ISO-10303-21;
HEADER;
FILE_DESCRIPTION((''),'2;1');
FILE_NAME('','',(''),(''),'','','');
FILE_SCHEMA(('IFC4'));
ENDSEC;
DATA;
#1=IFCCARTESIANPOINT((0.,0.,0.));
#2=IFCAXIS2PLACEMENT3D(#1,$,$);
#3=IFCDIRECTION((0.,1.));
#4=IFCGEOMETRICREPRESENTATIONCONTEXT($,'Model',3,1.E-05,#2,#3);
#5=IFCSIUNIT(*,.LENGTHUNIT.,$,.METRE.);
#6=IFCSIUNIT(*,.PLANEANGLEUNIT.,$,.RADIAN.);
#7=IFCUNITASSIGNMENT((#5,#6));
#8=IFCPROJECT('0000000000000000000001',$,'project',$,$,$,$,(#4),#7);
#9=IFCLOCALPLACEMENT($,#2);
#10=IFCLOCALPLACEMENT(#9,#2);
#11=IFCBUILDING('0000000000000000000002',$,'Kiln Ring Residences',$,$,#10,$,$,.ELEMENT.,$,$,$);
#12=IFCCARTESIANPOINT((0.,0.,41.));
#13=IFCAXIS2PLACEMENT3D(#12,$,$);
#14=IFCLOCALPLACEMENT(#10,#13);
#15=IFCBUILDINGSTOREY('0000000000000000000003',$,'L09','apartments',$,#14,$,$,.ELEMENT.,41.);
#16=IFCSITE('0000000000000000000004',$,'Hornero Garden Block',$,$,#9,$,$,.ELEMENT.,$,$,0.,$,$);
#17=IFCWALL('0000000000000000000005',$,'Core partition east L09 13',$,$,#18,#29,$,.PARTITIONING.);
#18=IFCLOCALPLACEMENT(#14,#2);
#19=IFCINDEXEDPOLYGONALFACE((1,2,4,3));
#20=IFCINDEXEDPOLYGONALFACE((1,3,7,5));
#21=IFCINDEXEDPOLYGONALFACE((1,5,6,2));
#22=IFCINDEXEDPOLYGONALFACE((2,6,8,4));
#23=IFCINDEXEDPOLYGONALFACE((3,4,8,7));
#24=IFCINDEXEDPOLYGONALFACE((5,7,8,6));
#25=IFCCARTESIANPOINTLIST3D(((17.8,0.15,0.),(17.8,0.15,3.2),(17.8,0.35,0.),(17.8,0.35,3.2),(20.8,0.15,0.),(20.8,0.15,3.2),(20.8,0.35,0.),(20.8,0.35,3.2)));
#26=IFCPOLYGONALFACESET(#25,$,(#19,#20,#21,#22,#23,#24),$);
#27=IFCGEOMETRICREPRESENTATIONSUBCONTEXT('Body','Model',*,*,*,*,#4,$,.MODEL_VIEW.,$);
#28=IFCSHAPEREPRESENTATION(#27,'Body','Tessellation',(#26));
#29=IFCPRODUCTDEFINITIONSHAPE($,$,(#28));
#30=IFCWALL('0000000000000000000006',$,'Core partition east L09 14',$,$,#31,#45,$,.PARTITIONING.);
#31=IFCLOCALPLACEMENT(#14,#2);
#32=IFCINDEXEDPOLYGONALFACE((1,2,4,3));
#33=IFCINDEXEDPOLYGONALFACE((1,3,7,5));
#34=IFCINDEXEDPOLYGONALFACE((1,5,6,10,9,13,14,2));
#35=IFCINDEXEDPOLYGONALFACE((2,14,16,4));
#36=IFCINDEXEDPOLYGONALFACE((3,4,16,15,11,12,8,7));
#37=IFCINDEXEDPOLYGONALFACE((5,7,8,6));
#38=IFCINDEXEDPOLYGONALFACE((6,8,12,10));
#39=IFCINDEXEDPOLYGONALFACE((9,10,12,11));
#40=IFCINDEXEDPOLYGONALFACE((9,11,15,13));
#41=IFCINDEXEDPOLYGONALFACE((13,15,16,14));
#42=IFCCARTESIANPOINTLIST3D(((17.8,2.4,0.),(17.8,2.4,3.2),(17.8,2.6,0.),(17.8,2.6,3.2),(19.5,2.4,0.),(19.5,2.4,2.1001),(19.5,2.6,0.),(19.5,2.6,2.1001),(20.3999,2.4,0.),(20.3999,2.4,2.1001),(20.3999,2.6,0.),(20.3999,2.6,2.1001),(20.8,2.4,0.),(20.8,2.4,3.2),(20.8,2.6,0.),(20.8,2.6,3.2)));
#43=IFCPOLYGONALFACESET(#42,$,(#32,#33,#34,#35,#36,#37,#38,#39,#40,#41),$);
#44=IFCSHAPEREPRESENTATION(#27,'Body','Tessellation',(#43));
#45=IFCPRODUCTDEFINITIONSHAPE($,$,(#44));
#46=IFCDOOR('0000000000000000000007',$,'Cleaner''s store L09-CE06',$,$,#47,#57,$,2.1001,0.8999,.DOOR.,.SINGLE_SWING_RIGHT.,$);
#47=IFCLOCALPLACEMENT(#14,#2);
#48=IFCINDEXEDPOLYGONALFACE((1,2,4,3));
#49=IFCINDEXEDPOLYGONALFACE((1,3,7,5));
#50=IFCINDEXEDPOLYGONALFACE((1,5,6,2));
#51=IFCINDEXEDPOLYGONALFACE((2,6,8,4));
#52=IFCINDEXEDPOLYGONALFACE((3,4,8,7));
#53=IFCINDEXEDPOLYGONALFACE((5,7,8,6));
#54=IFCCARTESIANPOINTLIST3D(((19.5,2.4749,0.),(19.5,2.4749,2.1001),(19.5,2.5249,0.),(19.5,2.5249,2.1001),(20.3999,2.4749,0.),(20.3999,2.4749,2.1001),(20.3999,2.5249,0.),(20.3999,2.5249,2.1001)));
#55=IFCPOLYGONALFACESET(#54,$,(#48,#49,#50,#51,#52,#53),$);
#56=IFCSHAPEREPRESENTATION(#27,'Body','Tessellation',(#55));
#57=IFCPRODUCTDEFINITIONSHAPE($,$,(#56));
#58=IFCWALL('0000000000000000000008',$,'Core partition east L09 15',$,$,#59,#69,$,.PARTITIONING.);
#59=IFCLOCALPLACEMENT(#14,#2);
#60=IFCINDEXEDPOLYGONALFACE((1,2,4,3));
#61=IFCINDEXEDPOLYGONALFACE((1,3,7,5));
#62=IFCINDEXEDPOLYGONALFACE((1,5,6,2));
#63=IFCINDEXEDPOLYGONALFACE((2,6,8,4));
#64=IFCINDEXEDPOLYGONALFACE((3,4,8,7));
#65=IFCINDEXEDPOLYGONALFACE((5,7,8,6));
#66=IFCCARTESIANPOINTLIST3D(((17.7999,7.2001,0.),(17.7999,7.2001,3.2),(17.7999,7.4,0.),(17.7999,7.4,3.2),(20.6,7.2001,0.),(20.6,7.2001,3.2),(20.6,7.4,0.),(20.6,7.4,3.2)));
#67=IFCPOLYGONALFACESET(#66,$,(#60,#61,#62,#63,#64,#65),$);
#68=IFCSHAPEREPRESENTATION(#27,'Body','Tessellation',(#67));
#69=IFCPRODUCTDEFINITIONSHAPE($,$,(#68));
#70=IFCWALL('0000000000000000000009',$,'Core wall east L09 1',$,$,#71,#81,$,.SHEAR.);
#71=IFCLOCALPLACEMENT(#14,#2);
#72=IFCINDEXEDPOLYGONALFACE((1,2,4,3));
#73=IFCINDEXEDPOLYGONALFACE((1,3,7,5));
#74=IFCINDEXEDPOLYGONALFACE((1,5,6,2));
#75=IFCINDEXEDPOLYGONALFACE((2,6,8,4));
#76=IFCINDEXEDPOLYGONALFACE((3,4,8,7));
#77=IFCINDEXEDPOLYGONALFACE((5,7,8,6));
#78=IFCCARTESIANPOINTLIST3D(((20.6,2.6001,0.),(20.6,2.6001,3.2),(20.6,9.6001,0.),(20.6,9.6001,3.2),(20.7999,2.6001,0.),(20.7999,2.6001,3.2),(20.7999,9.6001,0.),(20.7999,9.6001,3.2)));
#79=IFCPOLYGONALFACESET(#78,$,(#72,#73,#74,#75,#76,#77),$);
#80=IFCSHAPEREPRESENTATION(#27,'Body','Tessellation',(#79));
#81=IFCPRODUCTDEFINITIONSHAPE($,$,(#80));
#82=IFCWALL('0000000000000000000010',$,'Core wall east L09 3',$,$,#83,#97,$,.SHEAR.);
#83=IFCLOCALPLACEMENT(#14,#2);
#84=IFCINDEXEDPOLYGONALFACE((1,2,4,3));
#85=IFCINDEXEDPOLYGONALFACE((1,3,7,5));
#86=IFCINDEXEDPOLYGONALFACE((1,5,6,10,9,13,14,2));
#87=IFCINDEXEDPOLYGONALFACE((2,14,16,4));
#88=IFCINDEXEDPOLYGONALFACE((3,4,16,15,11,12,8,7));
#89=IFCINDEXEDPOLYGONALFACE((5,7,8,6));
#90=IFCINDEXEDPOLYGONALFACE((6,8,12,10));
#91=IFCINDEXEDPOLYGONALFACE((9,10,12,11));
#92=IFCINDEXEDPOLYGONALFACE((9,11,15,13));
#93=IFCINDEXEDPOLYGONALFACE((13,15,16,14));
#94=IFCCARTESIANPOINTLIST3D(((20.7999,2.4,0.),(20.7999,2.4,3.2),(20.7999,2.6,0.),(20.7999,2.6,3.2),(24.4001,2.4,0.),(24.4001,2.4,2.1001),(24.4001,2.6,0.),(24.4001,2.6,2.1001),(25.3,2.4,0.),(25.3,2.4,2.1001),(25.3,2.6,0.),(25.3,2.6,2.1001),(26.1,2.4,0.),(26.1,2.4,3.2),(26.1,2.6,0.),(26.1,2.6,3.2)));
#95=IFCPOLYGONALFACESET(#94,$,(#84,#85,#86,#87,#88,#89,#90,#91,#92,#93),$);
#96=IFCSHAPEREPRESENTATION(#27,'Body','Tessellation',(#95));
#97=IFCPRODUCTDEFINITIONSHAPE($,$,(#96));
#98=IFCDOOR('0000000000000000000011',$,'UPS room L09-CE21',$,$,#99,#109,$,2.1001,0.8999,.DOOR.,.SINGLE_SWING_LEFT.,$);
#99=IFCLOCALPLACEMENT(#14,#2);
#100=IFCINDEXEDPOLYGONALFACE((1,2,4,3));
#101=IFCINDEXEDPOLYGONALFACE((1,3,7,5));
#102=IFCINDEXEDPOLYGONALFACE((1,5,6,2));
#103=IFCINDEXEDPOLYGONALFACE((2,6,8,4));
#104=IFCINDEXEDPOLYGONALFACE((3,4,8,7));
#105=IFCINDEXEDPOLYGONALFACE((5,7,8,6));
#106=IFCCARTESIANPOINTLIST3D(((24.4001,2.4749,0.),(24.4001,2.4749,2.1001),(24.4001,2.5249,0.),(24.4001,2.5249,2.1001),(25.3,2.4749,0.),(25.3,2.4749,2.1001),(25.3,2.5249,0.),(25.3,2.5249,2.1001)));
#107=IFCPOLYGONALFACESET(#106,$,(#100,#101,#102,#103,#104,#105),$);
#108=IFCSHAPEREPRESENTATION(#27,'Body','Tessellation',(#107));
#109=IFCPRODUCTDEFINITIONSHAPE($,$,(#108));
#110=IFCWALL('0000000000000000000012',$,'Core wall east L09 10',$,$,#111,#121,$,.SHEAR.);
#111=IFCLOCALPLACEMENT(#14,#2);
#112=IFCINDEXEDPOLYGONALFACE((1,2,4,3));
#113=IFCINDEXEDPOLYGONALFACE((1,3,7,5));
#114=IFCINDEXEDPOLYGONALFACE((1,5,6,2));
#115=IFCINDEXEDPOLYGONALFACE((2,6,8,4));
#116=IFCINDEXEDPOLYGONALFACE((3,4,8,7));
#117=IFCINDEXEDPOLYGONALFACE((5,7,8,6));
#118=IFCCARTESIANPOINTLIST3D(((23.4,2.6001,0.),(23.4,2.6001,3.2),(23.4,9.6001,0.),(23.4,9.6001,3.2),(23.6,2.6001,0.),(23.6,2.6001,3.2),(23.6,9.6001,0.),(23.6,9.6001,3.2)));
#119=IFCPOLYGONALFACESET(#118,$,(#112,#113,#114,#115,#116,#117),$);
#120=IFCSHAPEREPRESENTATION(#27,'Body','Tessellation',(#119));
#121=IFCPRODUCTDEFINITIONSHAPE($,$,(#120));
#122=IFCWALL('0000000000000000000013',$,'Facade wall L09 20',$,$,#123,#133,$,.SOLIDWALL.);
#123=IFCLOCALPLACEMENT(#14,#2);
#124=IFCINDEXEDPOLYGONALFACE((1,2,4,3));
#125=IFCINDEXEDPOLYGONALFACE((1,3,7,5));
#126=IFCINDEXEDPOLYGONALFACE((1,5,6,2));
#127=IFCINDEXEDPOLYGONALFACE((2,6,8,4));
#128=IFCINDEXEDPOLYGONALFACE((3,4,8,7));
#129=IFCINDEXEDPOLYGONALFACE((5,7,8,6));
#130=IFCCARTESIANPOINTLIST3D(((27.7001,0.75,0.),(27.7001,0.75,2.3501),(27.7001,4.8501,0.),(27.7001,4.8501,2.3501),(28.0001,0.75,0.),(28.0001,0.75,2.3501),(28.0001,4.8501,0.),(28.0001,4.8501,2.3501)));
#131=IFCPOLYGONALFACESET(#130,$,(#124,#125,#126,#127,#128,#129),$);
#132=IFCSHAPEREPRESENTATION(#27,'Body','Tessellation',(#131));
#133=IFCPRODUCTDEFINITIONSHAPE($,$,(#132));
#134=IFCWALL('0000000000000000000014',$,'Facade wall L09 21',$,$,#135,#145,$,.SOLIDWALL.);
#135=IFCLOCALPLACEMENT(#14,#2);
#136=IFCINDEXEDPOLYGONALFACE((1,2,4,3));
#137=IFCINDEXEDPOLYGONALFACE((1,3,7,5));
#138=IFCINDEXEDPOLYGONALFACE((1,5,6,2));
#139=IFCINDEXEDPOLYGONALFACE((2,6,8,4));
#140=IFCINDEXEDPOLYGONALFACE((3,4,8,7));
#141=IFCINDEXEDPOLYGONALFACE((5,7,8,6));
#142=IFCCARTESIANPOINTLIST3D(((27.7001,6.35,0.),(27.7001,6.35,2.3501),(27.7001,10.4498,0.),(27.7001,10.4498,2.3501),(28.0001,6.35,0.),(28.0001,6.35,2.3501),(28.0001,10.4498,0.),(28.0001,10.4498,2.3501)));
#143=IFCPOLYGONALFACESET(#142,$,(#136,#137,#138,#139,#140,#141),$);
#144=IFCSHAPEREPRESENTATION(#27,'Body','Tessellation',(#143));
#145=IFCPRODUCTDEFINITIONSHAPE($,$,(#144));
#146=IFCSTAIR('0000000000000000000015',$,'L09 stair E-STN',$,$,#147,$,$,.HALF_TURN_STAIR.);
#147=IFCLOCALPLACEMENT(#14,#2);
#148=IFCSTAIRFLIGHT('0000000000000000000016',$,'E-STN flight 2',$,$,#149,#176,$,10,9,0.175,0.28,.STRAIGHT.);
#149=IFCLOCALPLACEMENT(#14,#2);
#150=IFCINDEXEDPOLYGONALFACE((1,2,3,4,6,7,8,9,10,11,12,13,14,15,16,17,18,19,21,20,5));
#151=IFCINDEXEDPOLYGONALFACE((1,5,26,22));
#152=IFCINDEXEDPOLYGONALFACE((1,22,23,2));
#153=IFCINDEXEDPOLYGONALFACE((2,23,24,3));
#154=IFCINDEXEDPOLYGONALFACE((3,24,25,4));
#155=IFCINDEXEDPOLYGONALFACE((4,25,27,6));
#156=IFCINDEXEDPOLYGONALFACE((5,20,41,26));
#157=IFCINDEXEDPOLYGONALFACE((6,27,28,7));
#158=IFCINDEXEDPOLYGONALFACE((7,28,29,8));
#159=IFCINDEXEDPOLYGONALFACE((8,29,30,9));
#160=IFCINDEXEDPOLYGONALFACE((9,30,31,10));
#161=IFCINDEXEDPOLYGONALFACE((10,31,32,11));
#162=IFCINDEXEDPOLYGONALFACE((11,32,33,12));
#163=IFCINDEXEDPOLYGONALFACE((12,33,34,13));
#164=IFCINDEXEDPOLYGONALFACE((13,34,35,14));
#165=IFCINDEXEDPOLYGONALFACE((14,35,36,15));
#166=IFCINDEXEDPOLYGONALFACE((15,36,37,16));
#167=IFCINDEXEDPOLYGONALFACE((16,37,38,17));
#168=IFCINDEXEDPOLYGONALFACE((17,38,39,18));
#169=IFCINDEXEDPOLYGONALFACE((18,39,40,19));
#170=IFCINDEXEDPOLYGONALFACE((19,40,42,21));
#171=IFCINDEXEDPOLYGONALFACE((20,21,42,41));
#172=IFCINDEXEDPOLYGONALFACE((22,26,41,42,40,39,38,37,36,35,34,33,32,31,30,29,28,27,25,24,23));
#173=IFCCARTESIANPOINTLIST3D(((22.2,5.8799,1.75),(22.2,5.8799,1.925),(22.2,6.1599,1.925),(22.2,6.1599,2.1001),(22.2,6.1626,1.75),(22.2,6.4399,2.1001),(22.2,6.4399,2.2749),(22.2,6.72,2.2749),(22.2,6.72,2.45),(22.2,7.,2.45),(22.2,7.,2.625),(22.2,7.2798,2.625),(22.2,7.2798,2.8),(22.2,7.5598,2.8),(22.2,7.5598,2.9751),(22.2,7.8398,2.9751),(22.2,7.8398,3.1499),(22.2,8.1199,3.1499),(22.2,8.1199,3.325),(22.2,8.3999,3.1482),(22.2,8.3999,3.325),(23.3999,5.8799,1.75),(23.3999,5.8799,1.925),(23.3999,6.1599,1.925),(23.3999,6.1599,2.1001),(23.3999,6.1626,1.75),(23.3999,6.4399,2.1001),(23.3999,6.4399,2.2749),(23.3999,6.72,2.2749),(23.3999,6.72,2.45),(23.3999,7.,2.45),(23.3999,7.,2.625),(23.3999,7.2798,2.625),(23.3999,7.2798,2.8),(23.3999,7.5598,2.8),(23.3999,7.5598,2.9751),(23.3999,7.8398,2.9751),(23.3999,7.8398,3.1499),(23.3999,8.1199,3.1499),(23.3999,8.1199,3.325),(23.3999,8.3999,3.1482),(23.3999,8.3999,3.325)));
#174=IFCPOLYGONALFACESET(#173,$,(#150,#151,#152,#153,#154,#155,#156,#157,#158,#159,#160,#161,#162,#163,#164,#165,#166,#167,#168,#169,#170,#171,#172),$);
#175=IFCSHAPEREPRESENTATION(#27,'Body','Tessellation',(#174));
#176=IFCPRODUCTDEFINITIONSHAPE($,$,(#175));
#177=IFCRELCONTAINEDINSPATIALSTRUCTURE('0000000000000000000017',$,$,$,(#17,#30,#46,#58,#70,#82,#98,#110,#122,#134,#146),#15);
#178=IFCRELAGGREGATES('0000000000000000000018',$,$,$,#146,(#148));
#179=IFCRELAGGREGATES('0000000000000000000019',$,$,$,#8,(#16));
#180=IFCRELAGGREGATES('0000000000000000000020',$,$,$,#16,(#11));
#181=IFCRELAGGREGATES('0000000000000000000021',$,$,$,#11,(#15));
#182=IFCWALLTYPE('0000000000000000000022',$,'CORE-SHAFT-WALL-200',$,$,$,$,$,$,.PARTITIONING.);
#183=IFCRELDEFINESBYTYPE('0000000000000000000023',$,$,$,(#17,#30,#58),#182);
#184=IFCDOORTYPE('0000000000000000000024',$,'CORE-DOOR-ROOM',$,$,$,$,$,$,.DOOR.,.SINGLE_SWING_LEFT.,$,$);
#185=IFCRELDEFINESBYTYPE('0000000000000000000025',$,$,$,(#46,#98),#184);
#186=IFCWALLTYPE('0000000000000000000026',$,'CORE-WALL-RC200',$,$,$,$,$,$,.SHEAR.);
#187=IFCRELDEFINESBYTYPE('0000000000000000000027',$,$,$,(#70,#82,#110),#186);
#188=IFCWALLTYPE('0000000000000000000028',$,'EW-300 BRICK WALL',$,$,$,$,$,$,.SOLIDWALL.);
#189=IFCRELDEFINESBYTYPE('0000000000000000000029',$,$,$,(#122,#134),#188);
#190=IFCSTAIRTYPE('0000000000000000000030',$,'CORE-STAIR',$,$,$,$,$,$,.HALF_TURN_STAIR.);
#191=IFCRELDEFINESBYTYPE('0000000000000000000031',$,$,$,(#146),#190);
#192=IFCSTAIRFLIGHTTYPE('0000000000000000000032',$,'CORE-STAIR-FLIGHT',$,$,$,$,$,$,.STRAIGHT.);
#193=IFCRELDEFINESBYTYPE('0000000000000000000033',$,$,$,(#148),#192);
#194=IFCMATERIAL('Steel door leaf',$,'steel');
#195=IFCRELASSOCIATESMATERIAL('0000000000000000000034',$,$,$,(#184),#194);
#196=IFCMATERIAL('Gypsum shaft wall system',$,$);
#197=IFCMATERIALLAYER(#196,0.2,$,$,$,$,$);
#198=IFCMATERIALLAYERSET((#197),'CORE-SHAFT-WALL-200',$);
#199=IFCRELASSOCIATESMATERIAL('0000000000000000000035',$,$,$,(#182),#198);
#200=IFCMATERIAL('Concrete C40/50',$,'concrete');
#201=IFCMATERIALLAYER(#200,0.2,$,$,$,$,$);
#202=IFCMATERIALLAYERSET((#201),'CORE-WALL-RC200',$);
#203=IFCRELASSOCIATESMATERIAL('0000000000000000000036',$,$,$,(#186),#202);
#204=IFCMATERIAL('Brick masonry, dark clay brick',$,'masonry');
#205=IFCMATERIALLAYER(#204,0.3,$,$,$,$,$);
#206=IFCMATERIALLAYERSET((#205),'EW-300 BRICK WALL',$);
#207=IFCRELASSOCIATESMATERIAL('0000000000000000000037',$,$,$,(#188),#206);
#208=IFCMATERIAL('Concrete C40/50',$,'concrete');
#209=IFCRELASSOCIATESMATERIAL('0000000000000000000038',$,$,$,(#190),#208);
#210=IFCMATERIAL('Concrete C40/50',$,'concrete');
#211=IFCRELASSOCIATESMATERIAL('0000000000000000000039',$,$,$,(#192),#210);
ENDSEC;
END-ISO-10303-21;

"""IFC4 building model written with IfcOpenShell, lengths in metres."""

from ifc_helpers import new_model, si_unit, direction, frame, frame_2d, origin, place, context, subcontext, project, spatial, polyline, rectangle, outline, extrude, material, layer, layer_set, type_object, element, fill, aggregate, save


model = new_model("IFC4")

# Units and contexts
model_context = context("Model", 3, precision=1e-05, world=origin(), true_north=direction((0.0, 1.0)))
body_context = subcontext(model_context, "Body", "Model", "MODEL_VIEW")
ifc_project = project(units=[si_unit("LENGTHUNIT", "METRE"), si_unit("PLANEANGLEUNIT", "RADIAN")], contexts=[model_context])

# Site, building, storey
site_placement = place(None, origin())
site = spatial("IfcSite", under=ifc_project, at=site_placement, Name="Hornero Garden Block", CompositionType="ELEMENT", RefElevation=0.0)
building_placement = place(site_placement, origin())
building = spatial("IfcBuilding", under=site, at=building_placement, Name="Kiln Ring Residences", CompositionType="ELEMENT")
storey_placement = place(building_placement, frame((0.0, 0.0, 41.0)))
storey = spatial("IfcBuildingStorey", under=building, at=storey_placement, Name="L09", Description="apartments", CompositionType="ELEMENT", Elevation=41.0)

# Shared definitions
ifc_material_1 = material(Name="Steel door leaf", Category="steel")
door_type = type_object("IfcDoorType", Name="CORE-DOOR-ROOM", OperationType="SINGLE_SWING_LEFT", PredefinedType="DOOR", material=ifc_material_1)

# Wall
ifc_material_2 = material(Name="Gypsum shaft wall system")
ifc_layer_1 = layer(ifc_material_2, 0.2)
ifc_layer_set_1 = layer_set([ifc_layer_1], Name="CORE-SHAFT-WALL-200")
wall_type_1 = type_object("IfcWallType", Name="CORE-SHAFT-WALL-200", PredefinedType="PARTITIONING", material=ifc_layer_set_1)
wall_1_placement = place(storey_placement, frame((17.8, 0.25, 0.0), z_axis=(0.0, 0.0, 1.0), x_axis=(1.0, 0.0, 0.0)))
element("IfcWall", 1, at=wall_1_placement, inside=storey, type_object=wall_type_1, Name="Core partition east L09 13", PredefinedType="PARTITIONING", context=body_context, shape_type="SweptSolid", body=[
    extrude(rectangle(XDim=3.0, YDim=0.2, at=frame_2d((1.5, 0.0))), origin(), (0.0, 0.0, 1.0), 3.2),
])

# Wall, opening, door
wall_2_placement = place(storey_placement, frame((17.8, 2.5, 0.0), z_axis=(0.0, 0.0, 1.0), x_axis=(1.0, 0.0, 0.0)))
wall_2 = element("IfcWall", 2, at=wall_2_placement, inside=storey, type_object=wall_type_1, Name="Core partition east L09 14", PredefinedType="PARTITIONING", context=body_context, shape_type="SweptSolid", body=[
    extrude(rectangle(XDim=3.0, YDim=0.2, at=frame_2d((1.5, 0.0))), origin(), (0.0, 0.0, 1.0), 3.2),
])
opening_1_placement = place(wall_2_placement, frame((1.7, 0.0, 0.0)))
opening_1 = element("IfcOpeningElement", 3, at=opening_1_placement, cuts=wall_2, PredefinedType="OPENING", context=body_context, shape_type="SweptSolid", body=[
    extrude(rectangle(XDim=0.8999, YDim=2.1001, at=frame_2d((0.45, 1.05))), frame((0.0, 0.1099, 0.0), z_axis=(0.0, -1.0, 0.0), x_axis=(1.0, 0.0, 0.0)), (0.0, 0.0, 1.0), 0.22),
])
door_1_placement = place(opening_1_placement, origin())
door_1 = element("IfcDoor", 4, at=door_1_placement, inside=storey, type_object=door_type, Name="Cleaner's store L09-CE06", OperationType="SINGLE_SWING_RIGHT", OverallHeight=2.1001, OverallWidth=0.8999, PredefinedType="DOOR", context=body_context, shape_type="SweptSolid", body=[
    extrude(rectangle(XDim=0.8999, YDim=2.1001, at=frame_2d((0.45, 1.05))), frame((0.0, 0.0249, 0.0), z_axis=(0.0, -1.0, 0.0), x_axis=(1.0, 0.0, 0.0)), (0.0, 0.0, 1.0), 0.05),
])
fill(opening_1, door_1)

# Walls
wall_3_placement = place(storey_placement, frame((17.8, 7.3, 0.0), z_axis=(0.0, 0.0, 1.0), x_axis=(1.0, 0.0, 0.0)))
element("IfcWall", 5, at=wall_3_placement, inside=storey, type_object=wall_type_1, Name="Core partition east L09 15", PredefinedType="PARTITIONING", context=body_context, shape_type="SweptSolid", body=[
    extrude(rectangle(XDim=2.8, YDim=0.2, at=frame_2d((1.3999, 0.0))), origin(), (0.0, 0.0, 1.0), 3.2),
])
ifc_material_3 = material(Name="Concrete C40/50", Category="concrete")
ifc_layer_2 = layer(ifc_material_3, 0.2)
ifc_layer_set_2 = layer_set([ifc_layer_2], Name="CORE-WALL-RC200")
wall_type_2 = type_object("IfcWallType", Name="CORE-WALL-RC200", PredefinedType="SHEAR", material=ifc_layer_set_2)
wall_4_placement = place(storey_placement, frame((20.7, 2.6001, 0.0), z_axis=(0.0, 0.0, 1.0), x_axis=(0.0, 1.0, 0.0)))
element("IfcWall", 6, at=wall_4_placement, inside=storey, type_object=wall_type_2, Name="Core wall east L09 1", PredefinedType="SHEAR", context=body_context, shape_type="SweptSolid", body=[
    extrude(rectangle(XDim=7.0, YDim=0.2, at=frame_2d((3.5, 0.0))), origin(), (0.0, 0.0, 1.0), 3.2),
])

# Wall, opening, door
wall_5_placement = place(storey_placement, frame((20.8, 2.5, 0.0), z_axis=(0.0, 0.0, 1.0), x_axis=(1.0, 0.0, 0.0)))
wall_5 = element("IfcWall", 7, at=wall_5_placement, inside=storey, type_object=wall_type_2, Name="Core wall east L09 3", PredefinedType="SHEAR", context=body_context, shape_type="SweptSolid", body=[
    extrude(rectangle(XDim=5.3, YDim=0.2, at=frame_2d((2.6499, 0.0))), origin(), (0.0, 0.0, 1.0), 3.2),
])
opening_2_placement = place(wall_5_placement, frame((3.6001, 0.0, 0.0)))
opening_2 = element("IfcOpeningElement", 8, at=opening_2_placement, cuts=wall_5, PredefinedType="OPENING", context=body_context, shape_type="SweptSolid", body=[
    extrude(rectangle(XDim=0.8999, YDim=2.1001, at=frame_2d((0.45, 1.05))), frame((0.0, 0.1099, 0.0), z_axis=(0.0, -1.0, 0.0), x_axis=(1.0, 0.0, 0.0)), (0.0, 0.0, 1.0), 0.22),
])
door_2_placement = place(opening_2_placement, origin())
door_2 = element("IfcDoor", 9, at=door_2_placement, inside=storey, type_object=door_type, Name="UPS room L09-CE21", OperationType="SINGLE_SWING_LEFT", OverallHeight=2.1001, OverallWidth=0.8999, PredefinedType="DOOR", context=body_context, shape_type="SweptSolid", body=[
    extrude(rectangle(XDim=0.8999, YDim=2.1001, at=frame_2d((0.45, 1.05))), frame((0.0, 0.0249, 0.0), z_axis=(0.0, -1.0, 0.0), x_axis=(1.0, 0.0, 0.0)), (0.0, 0.0, 1.0), 0.05),
])
fill(opening_2, door_2)

# Walls
wall_6_placement = place(storey_placement, frame((23.5, 2.6001, 0.0), z_axis=(0.0, 0.0, 1.0), x_axis=(0.0, 1.0, 0.0)))
element("IfcWall", 10, at=wall_6_placement, inside=storey, type_object=wall_type_2, Name="Core wall east L09 10", PredefinedType="SHEAR", context=body_context, shape_type="SweptSolid", body=[
    extrude(rectangle(XDim=7.0, YDim=0.2, at=frame_2d((3.5, 0.0))), origin(), (0.0, 0.0, 1.0), 3.2),
])
ifc_material_4 = material(Name="Brick masonry, dark clay brick", Category="masonry")
ifc_layer_3 = layer(ifc_material_4, 0.3)
ifc_layer_set_3 = layer_set([ifc_layer_3], Name="EW-300 BRICK WALL")
wall_type_3 = type_object("IfcWallType", Name="EW-300 BRICK WALL", PredefinedType="SOLIDWALL", material=ifc_layer_set_3)
wall_7_placement = place(storey_placement, frame((27.8501, 0.75, 0.0), z_axis=(0.0, 0.0, 1.0), x_axis=(0.0, 1.0, 0.0)))
element("IfcWall", 11, at=wall_7_placement, inside=storey, type_object=wall_type_3, Name="Facade wall L09 20", PredefinedType="SOLIDWALL", context=body_context, shape_type="SweptSolid", body=[
    extrude(rectangle(XDim=4.1001, YDim=0.3, at=frame_2d((2.05, 0.0))), origin(), (0.0, 0.0, 1.0), 2.3501),
])
wall_8_placement = place(storey_placement, frame((27.8501, 6.3501, 0.0), z_axis=(0.0, 0.0, 1.0), x_axis=(0.0, 1.0, 0.0)))
element("IfcWall", 12, at=wall_8_placement, inside=storey, type_object=wall_type_3, Name="Facade wall L09 21", PredefinedType="SOLIDWALL", context=body_context, shape_type="SweptSolid", body=[
    extrude(rectangle(XDim=4.0999, YDim=0.3, at=frame_2d((2.0498, 0.0))), origin(), (0.0, 0.0, 1.0), 2.3501),
])

# Stair, stair flight
ifc_material_5 = material(Name="Concrete C40/50", Category="concrete")
stair_type = type_object("IfcStairType", Name="CORE-STAIR", PredefinedType="HALF_TURN_STAIR", material=ifc_material_5)
stair_placement = place(storey_placement, origin())
stair = element("IfcStair", 13, at=stair_placement, inside=storey, type_object=stair_type, Name="L09 stair E-STN", PredefinedType="HALF_TURN_STAIR")
ifc_material_6 = material(Name="Concrete C40/50", Category="concrete")
stair_flight_type = type_object("IfcStairFlightType", Name="CORE-STAIR-FLIGHT", PredefinedType="STRAIGHT", material=ifc_material_6)
stair_flight_placement = place(storey_placement, frame((22.8, 5.8799, 1.75), z_axis=(0.0, 0.0, 1.0), x_axis=(0.0, 1.0, 0.0)))
stair_flight = element("IfcStairFlight", 14, at=stair_flight_placement, type_object=stair_flight_type, Name="E-STN flight 2", NumberOfRisers=10, NumberOfTreads=9, PredefinedType="STRAIGHT", RiserHeight=0.175, TreadLength=0.28, context=body_context, shape_type="SweptSolid", body=[
    extrude(outline(polyline([(0.0, 0.0), (0.0, 0.175), (0.28, 0.175), (0.28, 0.3501), (0.5601, 0.3501), (0.5601, 0.5249), (0.8401, 0.5249), (0.8401, 0.7), (1.1201, 0.7), (1.1201, 0.875), (1.3999, 0.875), (1.3999, 1.05), (1.6799, 1.05), (1.6799, 1.2251), (1.96, 1.2251), (1.96, 1.3999), (2.24, 1.3999), (2.24, 1.575), (2.52, 1.575), (2.52, 1.75), (2.52, 1.3982), (0.2827, 0.0), (0.0, 0.0)])), frame((0.0, 0.6001, 0.0), z_axis=(0.0, -1.0, 0.0), x_axis=(1.0, 0.0, 0.0)), (0.0, 0.0, 1.0), 1.2),
])
aggregate(stair, [stair_flight])

save(model, "model.ifc")
